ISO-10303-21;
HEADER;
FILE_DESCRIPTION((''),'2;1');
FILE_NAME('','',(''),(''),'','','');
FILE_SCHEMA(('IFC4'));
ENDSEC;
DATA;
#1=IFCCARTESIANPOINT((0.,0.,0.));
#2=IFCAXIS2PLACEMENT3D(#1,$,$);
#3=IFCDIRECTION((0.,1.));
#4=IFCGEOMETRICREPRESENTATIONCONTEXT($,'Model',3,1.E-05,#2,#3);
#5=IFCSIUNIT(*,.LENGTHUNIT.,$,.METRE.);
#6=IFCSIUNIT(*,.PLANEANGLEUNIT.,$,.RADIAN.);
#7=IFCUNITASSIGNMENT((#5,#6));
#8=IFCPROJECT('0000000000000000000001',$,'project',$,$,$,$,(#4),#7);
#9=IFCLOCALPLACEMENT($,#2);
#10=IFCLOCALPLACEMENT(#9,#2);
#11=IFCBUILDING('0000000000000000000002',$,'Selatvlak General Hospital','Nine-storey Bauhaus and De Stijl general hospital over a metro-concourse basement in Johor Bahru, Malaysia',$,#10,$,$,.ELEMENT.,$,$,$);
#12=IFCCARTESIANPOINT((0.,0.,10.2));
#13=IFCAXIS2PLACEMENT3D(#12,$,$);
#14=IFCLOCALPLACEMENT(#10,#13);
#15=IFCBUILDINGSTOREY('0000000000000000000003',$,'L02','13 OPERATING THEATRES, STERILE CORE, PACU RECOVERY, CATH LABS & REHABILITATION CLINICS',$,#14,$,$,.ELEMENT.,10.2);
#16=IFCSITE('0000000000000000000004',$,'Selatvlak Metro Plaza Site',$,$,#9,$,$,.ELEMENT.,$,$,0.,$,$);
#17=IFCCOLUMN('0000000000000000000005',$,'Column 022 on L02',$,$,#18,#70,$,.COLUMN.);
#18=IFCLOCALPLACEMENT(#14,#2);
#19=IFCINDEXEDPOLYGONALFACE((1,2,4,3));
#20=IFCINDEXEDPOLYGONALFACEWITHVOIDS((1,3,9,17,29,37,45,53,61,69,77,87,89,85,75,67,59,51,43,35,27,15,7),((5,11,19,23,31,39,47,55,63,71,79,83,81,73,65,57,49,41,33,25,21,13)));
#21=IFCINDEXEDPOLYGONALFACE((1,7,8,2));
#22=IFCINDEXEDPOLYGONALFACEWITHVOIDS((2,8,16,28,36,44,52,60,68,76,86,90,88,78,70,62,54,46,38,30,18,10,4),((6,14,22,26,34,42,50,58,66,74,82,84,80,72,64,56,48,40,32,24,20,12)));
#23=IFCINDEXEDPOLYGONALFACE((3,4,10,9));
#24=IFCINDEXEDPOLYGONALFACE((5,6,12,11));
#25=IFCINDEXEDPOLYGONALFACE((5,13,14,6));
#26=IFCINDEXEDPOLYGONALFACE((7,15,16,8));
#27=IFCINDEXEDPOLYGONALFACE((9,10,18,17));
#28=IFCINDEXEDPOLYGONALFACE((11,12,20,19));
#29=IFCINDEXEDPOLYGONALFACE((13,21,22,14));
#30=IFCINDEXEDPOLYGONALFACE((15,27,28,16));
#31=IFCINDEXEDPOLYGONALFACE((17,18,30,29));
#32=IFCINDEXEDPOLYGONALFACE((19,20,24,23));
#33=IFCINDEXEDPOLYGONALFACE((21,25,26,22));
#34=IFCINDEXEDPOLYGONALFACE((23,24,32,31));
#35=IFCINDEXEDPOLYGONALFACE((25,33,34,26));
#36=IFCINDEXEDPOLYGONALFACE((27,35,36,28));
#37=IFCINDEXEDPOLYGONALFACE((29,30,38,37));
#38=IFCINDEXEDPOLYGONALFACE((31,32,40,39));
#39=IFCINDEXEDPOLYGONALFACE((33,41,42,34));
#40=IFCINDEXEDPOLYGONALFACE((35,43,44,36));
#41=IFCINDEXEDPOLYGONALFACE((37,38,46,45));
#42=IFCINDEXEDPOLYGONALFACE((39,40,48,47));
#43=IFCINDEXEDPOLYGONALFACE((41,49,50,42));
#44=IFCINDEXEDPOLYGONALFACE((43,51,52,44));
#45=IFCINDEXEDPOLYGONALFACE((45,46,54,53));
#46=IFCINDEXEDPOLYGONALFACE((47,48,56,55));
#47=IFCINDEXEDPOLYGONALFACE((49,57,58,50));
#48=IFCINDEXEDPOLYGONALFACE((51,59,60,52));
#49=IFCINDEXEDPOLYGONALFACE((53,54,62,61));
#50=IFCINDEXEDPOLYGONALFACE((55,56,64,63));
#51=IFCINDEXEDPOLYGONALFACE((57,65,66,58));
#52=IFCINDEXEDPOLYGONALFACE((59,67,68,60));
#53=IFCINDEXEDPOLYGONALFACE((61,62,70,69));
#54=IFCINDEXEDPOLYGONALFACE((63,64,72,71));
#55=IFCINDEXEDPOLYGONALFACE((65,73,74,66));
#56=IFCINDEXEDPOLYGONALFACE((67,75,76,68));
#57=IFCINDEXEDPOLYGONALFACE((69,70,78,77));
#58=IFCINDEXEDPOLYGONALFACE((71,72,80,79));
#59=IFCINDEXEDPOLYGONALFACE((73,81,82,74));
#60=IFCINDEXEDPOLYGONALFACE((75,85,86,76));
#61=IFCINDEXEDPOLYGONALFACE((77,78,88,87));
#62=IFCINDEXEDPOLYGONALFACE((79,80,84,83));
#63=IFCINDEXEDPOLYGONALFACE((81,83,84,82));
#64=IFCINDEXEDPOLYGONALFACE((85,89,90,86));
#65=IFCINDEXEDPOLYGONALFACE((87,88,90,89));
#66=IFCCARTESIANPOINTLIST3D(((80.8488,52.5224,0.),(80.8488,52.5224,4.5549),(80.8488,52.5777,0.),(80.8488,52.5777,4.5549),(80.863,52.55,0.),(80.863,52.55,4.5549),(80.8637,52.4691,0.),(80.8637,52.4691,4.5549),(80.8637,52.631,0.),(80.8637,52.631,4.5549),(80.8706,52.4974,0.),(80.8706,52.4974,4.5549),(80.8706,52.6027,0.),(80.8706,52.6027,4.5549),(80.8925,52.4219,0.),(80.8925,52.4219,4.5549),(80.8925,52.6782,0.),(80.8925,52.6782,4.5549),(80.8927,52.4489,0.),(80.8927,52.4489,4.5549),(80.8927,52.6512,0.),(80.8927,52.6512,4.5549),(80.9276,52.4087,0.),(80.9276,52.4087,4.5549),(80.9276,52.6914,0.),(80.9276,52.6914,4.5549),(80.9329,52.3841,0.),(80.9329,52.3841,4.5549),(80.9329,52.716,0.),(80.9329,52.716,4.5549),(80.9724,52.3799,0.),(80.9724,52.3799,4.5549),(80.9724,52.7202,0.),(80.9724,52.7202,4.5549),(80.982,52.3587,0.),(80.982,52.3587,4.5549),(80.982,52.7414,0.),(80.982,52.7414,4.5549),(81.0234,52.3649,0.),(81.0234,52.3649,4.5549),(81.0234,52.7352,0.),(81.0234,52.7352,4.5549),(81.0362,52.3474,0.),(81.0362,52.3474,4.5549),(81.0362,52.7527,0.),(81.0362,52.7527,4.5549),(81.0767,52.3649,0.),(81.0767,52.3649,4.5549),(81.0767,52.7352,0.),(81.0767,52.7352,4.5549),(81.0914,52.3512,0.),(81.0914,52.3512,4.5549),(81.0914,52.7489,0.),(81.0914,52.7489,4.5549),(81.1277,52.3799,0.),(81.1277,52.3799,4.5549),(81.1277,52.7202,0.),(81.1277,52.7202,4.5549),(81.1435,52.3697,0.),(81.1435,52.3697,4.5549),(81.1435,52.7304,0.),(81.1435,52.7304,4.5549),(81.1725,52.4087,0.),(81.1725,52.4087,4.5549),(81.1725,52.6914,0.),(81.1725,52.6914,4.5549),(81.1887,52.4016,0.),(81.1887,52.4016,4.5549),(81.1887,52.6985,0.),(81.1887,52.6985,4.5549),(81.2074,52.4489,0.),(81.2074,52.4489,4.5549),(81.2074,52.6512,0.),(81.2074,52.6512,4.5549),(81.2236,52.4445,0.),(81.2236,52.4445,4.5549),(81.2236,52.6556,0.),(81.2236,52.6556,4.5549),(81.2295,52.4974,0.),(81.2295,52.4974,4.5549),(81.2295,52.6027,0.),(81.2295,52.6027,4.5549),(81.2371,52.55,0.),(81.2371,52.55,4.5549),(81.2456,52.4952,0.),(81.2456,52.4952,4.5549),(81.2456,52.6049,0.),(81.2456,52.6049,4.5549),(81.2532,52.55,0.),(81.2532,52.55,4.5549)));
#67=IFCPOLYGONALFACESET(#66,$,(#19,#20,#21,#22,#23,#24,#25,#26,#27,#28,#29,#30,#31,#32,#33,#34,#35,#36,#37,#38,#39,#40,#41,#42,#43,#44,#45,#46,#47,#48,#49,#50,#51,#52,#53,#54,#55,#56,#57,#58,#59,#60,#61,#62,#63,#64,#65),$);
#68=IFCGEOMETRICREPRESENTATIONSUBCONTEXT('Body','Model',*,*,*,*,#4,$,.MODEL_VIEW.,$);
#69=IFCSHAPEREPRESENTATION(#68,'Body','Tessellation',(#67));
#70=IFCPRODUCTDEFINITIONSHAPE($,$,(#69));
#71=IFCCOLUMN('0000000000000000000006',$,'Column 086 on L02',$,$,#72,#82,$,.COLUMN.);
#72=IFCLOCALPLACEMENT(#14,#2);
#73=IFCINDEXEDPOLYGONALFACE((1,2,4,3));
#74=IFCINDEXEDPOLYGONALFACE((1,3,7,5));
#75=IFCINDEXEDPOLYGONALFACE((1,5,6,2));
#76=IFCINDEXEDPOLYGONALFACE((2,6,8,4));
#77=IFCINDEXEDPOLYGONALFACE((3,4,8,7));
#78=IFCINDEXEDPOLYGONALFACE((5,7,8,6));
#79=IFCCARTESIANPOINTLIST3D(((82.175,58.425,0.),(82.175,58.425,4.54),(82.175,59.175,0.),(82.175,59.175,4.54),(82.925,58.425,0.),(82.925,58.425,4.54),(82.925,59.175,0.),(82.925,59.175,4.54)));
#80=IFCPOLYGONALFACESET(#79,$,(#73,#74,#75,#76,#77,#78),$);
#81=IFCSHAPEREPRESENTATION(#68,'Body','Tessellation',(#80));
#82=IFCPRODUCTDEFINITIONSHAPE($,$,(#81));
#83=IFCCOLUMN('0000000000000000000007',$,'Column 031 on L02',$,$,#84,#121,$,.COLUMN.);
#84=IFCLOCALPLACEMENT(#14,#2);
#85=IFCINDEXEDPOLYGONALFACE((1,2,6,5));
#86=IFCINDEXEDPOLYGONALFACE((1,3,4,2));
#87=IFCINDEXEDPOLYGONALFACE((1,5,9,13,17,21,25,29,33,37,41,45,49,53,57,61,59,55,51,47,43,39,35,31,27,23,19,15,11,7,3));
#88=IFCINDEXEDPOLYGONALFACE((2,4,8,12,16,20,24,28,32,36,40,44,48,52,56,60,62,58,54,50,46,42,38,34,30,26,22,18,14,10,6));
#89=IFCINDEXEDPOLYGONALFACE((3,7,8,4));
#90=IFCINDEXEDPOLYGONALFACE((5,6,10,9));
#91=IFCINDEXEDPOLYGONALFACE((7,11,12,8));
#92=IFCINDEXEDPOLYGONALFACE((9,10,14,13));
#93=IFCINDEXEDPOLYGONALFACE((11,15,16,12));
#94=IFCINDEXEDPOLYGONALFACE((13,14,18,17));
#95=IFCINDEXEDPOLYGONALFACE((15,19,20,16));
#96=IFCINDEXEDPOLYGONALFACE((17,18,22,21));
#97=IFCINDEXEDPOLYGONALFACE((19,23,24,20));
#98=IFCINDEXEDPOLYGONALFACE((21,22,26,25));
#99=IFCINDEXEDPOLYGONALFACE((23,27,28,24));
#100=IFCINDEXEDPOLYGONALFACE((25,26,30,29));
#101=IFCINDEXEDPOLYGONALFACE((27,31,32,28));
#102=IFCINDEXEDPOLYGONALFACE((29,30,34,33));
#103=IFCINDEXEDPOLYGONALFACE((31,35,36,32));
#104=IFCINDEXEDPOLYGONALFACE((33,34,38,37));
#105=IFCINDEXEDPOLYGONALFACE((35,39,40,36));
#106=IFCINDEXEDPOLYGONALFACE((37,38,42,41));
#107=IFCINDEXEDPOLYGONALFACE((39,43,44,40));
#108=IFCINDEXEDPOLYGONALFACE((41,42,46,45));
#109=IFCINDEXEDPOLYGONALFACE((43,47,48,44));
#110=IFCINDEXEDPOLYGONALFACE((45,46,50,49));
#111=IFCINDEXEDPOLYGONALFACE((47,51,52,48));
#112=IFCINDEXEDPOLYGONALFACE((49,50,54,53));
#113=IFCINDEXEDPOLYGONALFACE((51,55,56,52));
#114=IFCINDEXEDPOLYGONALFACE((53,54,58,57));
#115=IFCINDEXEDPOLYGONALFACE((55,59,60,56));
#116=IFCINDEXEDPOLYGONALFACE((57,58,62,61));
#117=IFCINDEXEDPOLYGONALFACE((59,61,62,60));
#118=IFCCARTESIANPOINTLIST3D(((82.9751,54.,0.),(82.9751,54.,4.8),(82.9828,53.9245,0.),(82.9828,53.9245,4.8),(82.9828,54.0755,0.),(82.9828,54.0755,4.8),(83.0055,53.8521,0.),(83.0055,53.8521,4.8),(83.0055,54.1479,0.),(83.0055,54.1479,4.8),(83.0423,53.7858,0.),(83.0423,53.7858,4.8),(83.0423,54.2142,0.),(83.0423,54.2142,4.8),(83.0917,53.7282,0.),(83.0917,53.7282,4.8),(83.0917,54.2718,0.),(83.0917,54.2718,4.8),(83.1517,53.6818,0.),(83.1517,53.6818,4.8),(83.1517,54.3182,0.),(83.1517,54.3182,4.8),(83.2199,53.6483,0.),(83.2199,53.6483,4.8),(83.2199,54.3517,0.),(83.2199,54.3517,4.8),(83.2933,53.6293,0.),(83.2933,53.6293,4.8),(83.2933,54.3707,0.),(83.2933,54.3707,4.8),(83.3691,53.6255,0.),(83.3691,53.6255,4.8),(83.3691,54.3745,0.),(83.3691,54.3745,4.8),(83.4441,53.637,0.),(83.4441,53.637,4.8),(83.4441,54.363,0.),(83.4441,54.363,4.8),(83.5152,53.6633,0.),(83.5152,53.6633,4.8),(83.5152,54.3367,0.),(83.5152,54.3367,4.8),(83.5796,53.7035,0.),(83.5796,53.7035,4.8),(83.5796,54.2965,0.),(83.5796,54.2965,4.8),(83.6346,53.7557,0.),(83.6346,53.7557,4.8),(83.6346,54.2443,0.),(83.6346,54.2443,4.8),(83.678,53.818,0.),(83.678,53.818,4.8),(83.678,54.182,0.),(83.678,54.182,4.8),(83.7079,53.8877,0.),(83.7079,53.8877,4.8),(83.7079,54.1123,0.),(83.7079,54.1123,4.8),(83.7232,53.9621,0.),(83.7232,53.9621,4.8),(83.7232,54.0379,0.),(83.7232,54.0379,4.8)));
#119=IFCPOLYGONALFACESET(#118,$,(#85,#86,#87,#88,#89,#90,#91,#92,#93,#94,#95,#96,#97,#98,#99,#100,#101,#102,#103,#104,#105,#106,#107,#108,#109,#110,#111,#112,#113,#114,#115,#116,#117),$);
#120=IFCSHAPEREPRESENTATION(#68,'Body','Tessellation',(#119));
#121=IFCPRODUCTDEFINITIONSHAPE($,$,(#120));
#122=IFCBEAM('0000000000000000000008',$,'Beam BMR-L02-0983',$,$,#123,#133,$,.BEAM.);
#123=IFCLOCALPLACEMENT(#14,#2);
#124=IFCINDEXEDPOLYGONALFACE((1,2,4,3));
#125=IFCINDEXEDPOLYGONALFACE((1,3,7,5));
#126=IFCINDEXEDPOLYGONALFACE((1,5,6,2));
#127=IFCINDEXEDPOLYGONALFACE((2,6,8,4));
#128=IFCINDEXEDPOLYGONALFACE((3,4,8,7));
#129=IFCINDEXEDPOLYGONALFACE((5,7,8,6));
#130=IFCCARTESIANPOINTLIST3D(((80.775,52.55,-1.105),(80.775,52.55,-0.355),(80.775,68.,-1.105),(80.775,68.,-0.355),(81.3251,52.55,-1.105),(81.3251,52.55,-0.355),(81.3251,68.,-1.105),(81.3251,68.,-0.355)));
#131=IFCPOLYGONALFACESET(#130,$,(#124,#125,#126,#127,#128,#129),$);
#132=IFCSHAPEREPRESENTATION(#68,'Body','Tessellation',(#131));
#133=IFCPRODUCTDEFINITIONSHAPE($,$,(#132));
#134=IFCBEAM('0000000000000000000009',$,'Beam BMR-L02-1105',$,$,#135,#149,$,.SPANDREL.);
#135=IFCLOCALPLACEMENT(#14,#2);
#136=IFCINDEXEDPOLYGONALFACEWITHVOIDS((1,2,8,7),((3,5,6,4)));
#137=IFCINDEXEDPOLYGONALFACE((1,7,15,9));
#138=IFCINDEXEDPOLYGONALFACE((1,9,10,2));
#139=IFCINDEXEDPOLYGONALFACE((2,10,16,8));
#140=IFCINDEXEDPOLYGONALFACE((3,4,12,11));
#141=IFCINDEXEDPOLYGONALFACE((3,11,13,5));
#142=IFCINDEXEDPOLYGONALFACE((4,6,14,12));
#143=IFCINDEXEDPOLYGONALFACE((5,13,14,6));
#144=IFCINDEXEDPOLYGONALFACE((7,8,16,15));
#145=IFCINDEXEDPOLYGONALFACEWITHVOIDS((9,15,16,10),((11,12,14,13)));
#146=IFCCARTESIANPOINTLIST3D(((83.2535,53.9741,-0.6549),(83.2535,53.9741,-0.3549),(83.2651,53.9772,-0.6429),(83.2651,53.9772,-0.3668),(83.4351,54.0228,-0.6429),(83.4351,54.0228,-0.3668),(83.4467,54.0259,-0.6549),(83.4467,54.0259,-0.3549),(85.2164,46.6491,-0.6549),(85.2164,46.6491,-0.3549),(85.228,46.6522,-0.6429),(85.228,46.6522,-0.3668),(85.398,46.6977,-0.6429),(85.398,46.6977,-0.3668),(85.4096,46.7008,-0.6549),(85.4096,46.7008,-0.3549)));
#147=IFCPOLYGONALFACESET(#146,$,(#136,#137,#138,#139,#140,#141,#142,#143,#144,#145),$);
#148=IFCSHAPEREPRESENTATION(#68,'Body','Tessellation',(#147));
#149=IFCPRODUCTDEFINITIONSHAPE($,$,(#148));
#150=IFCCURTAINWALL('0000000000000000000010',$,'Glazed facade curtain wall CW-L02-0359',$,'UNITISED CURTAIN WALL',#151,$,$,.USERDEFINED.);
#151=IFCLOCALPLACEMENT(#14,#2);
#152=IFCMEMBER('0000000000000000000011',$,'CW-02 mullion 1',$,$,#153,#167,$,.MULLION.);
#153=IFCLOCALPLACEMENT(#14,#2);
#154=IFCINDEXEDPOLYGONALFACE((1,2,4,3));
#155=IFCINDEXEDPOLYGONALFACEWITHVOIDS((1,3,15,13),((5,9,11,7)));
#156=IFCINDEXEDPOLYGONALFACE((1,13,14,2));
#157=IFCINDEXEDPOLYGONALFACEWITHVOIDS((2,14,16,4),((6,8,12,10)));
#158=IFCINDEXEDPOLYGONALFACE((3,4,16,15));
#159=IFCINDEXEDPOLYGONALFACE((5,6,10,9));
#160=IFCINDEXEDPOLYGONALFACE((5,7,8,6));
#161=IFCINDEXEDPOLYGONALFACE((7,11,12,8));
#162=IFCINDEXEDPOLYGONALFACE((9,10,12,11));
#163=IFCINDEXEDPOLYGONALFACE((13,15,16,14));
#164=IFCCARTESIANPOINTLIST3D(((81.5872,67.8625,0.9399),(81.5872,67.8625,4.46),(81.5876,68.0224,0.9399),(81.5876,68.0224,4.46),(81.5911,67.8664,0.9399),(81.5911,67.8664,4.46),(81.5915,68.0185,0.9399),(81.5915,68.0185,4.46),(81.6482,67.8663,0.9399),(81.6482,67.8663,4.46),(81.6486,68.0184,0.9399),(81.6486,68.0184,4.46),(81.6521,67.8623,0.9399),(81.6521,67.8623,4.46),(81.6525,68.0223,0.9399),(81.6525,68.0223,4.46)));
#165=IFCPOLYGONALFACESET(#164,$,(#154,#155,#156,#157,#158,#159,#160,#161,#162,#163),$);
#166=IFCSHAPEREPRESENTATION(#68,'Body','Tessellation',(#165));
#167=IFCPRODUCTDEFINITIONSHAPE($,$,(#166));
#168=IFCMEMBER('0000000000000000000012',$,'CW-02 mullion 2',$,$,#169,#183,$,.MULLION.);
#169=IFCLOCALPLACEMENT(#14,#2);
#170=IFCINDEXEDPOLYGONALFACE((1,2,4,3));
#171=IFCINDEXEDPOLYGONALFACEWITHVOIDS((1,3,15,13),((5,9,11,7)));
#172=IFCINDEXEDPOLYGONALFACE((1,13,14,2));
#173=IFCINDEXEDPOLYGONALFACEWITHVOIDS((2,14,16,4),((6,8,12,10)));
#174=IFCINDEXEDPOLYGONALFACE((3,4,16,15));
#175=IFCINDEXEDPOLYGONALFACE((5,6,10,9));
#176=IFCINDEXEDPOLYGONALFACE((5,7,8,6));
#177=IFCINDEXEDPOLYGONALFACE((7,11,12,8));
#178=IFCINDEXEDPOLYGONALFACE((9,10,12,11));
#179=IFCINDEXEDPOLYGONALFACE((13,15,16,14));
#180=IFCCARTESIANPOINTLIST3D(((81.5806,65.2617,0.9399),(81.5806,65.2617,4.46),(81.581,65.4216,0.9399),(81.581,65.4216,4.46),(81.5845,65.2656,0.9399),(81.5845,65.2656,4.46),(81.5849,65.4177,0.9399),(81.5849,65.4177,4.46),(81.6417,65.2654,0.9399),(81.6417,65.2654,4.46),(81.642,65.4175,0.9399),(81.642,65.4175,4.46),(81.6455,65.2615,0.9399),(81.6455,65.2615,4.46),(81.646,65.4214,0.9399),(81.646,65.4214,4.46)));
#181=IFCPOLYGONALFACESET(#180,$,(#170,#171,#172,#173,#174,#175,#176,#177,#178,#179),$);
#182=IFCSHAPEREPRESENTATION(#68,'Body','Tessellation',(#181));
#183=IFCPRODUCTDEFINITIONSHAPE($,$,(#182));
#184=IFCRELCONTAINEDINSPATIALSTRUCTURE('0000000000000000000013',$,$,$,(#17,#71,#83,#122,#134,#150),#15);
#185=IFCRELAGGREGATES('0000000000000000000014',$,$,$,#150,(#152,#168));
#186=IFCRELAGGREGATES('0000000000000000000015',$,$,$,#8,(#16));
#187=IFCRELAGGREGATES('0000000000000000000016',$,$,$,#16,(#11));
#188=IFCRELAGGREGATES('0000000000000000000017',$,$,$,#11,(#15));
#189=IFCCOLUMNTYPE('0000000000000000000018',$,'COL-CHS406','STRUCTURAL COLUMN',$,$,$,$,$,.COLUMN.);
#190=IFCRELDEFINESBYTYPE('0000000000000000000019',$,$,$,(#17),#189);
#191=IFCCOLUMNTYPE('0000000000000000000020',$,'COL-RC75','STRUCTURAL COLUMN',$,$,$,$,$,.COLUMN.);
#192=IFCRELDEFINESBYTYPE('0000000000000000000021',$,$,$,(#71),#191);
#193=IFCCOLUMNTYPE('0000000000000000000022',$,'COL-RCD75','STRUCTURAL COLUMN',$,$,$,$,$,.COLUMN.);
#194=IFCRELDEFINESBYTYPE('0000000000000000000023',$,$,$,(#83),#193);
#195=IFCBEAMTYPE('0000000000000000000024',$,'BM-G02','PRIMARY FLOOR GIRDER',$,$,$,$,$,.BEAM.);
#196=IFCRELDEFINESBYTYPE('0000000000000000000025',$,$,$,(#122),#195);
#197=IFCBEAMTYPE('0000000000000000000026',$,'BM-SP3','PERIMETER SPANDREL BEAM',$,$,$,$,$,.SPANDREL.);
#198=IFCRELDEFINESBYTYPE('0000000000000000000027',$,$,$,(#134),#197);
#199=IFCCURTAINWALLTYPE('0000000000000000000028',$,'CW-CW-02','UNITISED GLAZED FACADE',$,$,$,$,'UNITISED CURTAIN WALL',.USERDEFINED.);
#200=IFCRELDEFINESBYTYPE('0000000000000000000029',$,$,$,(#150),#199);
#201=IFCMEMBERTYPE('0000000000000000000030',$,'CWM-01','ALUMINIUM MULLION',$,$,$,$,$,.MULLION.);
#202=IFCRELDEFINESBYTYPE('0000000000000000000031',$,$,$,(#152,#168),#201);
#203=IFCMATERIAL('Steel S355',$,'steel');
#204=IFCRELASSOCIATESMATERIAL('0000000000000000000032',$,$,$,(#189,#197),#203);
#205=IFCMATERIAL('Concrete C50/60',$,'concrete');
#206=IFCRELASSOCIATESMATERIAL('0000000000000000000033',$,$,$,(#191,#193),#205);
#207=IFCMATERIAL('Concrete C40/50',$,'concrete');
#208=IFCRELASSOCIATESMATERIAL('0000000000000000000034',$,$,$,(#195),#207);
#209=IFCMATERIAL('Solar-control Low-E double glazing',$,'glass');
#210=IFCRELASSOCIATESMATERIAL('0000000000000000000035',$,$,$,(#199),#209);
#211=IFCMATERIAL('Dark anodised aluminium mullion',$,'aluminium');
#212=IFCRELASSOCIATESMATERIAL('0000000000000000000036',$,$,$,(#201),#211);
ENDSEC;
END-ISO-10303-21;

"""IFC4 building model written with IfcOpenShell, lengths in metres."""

from ifc_helpers import new_model, si_unit, direction, frame, origin, origin_2d, place, context, subcontext, project, spatial, rectangle, hollow_rectangle, circle, hollow_circle, extrude, material, material_profile, profile_set, type_object, element, aggregate, save


model = new_model("IFC4")

# Units and contexts
model_context = context("Model", 3, precision=1e-05, world=origin(), true_north=direction((0.0, 1.0)))
body_context = subcontext(model_context, "Body", "Model", "MODEL_VIEW")
ifc_project = project(units=[si_unit("LENGTHUNIT", "METRE"), si_unit("PLANEANGLEUNIT", "RADIAN")], contexts=[model_context])

# Site, building, storey
site_placement = place(None, origin())
site = spatial("IfcSite", under=ifc_project, at=site_placement, Name="Selatvlak Metro Plaza Site", CompositionType="ELEMENT", RefElevation=0.0)
building_placement = place(site_placement, origin())
building = spatial("IfcBuilding", under=site, at=building_placement, Name="Selatvlak General Hospital", Description="Nine-storey Bauhaus and De Stijl general hospital over a metro-concourse basement in Johor Bahru, Malaysia", CompositionType="ELEMENT")
storey_placement = place(building_placement, frame((0.0, 0.0, 10.2)))
storey = spatial("IfcBuildingStorey", under=building, at=storey_placement, Name="L02", Description="13 OPERATING THEATRES, STERILE CORE, PACU RECOVERY, CATH LABS & REHABILITATION CLINICS", CompositionType="ELEMENT", Elevation=10.2)

# Columns
ifc_material_1 = material(Name="Steel S355", Category="steel")
ifc_material_profile_1 = material_profile(ifc_material_1, hollow_circle(Radius=0.2031, WallThickness=0.0161, at=origin_2d()), Name="CHS 406.4x16")
ifc_profile_set_1 = profile_set([ifc_material_profile_1], Name="Steel S355")
column_type_1 = type_object("IfcColumnType", Name="COL-CHS406", Description="STRUCTURAL COLUMN", PredefinedType="COLUMN", material=ifc_profile_set_1)
column_1_placement = place(storey_placement, frame((81.05, 52.55, 0.0), z_axis=(0.0, 0.0, 1.0), x_axis=(1.0, 0.0, 0.0)))
element("IfcColumn", 1, at=column_1_placement, inside=storey, type_object=column_type_1, Name="Column 022 on L02", PredefinedType="COLUMN", context=body_context, shape_type="SweptSolid", body=[
    extrude(hollow_circle(Radius=0.2031, WallThickness=0.0161, at=origin_2d()), origin(), (0.0, 0.0, 1.0), 4.5549),
])
ifc_material_2 = material(Name="Concrete C50/60", Category="concrete")
ifc_material_profile_2 = material_profile(ifc_material_2, rectangle(XDim=0.75, YDim=0.75, at=origin_2d()), Name="RC-COL 750x750")
ifc_profile_set_2 = profile_set([ifc_material_profile_2], Name="Concrete C50/60")
column_type_2 = type_object("IfcColumnType", Name="COL-RC75", Description="STRUCTURAL COLUMN", PredefinedType="COLUMN", material=ifc_profile_set_2)
column_2_placement = place(storey_placement, frame((82.55, 58.8, 0.0), z_axis=(0.0, 0.0, 1.0), x_axis=(1.0, 0.0, 0.0)))
element("IfcColumn", 2, at=column_2_placement, inside=storey, type_object=column_type_2, Name="Column 086 on L02", PredefinedType="COLUMN", context=body_context, shape_type="SweptSolid", body=[
    extrude(rectangle(XDim=0.75, YDim=0.75, at=origin_2d()), origin(), (0.0, 0.0, 1.0), 4.54),
])
ifc_material_profile_3 = material_profile(ifc_material_2, circle(Radius=0.375, at=origin_2d()), Name="RC-COL D750")
ifc_profile_set_3 = profile_set([ifc_material_profile_3], Name="Concrete C50/60")
column_type_3 = type_object("IfcColumnType", Name="COL-RCD75", Description="STRUCTURAL COLUMN", PredefinedType="COLUMN", material=ifc_profile_set_3)
column_3_placement = place(storey_placement, frame((83.3501, 54.0, 0.0), z_axis=(0.0, 0.0, 1.0), x_axis=(-1.0, 0.0, 0.0)))
element("IfcColumn", 3, at=column_3_placement, inside=storey, type_object=column_type_3, Name="Column 031 on L02", PredefinedType="COLUMN", context=body_context, shape_type="SweptSolid", body=[
    extrude(circle(Radius=0.375, at=origin_2d()), origin(), (0.0, 0.0, 1.0), 4.8),
])

# Beams
ifc_material_3 = material(Name="Concrete C40/50", Category="concrete")
ifc_material_profile_4 = material_profile(ifc_material_3, rectangle(XDim=0.55, YDim=0.75, at=origin_2d()), Name="RC-BM 550x750")
ifc_profile_set_4 = profile_set([ifc_material_profile_4], Name="Concrete C40/50")
beam_type_1 = type_object("IfcBeamType", Name="BM-G02", Description="PRIMARY FLOOR GIRDER", PredefinedType="BEAM", material=ifc_profile_set_4)
beam_1_placement = place(storey_placement, frame((81.05, 52.55, -0.73), z_axis=(0.0, 1.0, 0.0), x_axis=(-1.0, 0.0, 0.0)))
element("IfcBeam", 4, at=beam_1_placement, inside=storey, type_object=beam_type_1, Name="Beam BMR-L02-0983", PredefinedType="BEAM", context=body_context, shape_type="SweptSolid", body=[
    extrude(rectangle(XDim=0.55, YDim=0.75, at=origin_2d()), origin(), (0.0, 0.0, 1.0), 15.45),
])
ifc_material_profile_5 = material_profile(ifc_material_1, hollow_rectangle(XDim=0.2, YDim=0.3, WallThickness=0.012, at=origin_2d()), Name="RHS 300x200x12")
ifc_profile_set_5 = profile_set([ifc_material_profile_5], Name="Steel S355")
beam_type_2 = type_object("IfcBeamType", Name="BM-SP3", Description="PERIMETER SPANDREL BEAM", PredefinedType="SPANDREL", material=ifc_profile_set_5)
beam_2_placement = place(storey_placement, frame((83.3501, 54.0, -0.5049), z_axis=(0.258841, -0.96592, 0.0), x_axis=(0.96592, 0.258841, 0.0)))
element("IfcBeam", 5, at=beam_2_placement, inside=storey, type_object=beam_type_2, Name="Beam BMR-L02-1105", PredefinedType="SPANDREL", context=body_context, shape_type="SweptSolid", body=[
    extrude(hollow_rectangle(XDim=0.2, YDim=0.3, WallThickness=0.012, at=origin_2d()), origin(), (0.0, 0.0, 1.0), 7.5835),
])

# Curtain wall, members
ifc_material_4 = material(Name="Solar-control Low-E double glazing", Category="glass")
curtain_wall_type = type_object("IfcCurtainWallType", Name="CW-CW-02", Description="UNITISED GLAZED FACADE", ElementType="UNITISED CURTAIN WALL", PredefinedType="USERDEFINED", material=ifc_material_4)
curtain_wall_placement = place(storey_placement, origin())
curtain_wall = element("IfcCurtainWall", 6, at=curtain_wall_placement, inside=storey, type_object=curtain_wall_type, Name="Glazed facade curtain wall CW-L02-0359", ObjectType="UNITISED CURTAIN WALL", PredefinedType="USERDEFINED")
ifc_material_5 = material(Name="Dark anodised aluminium mullion", Category="aluminium")
ifc_material_profile_6 = material_profile(ifc_material_5, hollow_rectangle(XDim=0.0649, YDim=0.1599, WallThickness=0.0039, at=origin_2d()), Name="AL-MUL 65x160x4")
ifc_profile_set_6 = profile_set([ifc_material_profile_6], Name="Dark anodised aluminium mullion")
member_type_1 = type_object("IfcMemberType", Name="CWM-01", Description="ALUMINIUM MULLION", PredefinedType="MULLION", material=ifc_profile_set_6)
member_1_placement = place(storey_placement, frame((81.6199, 67.9424, 0.9399), z_axis=(0.0, 0.0, 1.0), x_axis=(0.999997, -0.002532, 0.0)))
member_1 = element("IfcMember", 7, at=member_1_placement, type_object=member_type_1, Name="CW-02 mullion 1", PredefinedType="MULLION", context=body_context, shape_type="SweptSolid", body=[
    extrude(hollow_rectangle(XDim=0.0649, YDim=0.1599, WallThickness=0.0039, at=origin_2d()), origin(), (0.0, 0.0, 1.0), 3.52),
])
member_2_placement = place(storey_placement, frame((81.6133, 65.3416, 0.9399), z_axis=(0.0, 0.0, 1.0), x_axis=(0.999997, -0.002532, 0.0)))
member_2 = element("IfcMember", 8, at=member_2_placement, type_object=member_type_1, Name="CW-02 mullion 2", PredefinedType="MULLION", context=body_context, shape_type="SweptSolid", body=[
    extrude(hollow_rectangle(XDim=0.0649, YDim=0.1599, WallThickness=0.0039, at=origin_2d()), origin(), (0.0, 0.0, 1.0), 3.52),
])
aggregate(curtain_wall, [member_1, member_2])

save(model, "model.ifc")
